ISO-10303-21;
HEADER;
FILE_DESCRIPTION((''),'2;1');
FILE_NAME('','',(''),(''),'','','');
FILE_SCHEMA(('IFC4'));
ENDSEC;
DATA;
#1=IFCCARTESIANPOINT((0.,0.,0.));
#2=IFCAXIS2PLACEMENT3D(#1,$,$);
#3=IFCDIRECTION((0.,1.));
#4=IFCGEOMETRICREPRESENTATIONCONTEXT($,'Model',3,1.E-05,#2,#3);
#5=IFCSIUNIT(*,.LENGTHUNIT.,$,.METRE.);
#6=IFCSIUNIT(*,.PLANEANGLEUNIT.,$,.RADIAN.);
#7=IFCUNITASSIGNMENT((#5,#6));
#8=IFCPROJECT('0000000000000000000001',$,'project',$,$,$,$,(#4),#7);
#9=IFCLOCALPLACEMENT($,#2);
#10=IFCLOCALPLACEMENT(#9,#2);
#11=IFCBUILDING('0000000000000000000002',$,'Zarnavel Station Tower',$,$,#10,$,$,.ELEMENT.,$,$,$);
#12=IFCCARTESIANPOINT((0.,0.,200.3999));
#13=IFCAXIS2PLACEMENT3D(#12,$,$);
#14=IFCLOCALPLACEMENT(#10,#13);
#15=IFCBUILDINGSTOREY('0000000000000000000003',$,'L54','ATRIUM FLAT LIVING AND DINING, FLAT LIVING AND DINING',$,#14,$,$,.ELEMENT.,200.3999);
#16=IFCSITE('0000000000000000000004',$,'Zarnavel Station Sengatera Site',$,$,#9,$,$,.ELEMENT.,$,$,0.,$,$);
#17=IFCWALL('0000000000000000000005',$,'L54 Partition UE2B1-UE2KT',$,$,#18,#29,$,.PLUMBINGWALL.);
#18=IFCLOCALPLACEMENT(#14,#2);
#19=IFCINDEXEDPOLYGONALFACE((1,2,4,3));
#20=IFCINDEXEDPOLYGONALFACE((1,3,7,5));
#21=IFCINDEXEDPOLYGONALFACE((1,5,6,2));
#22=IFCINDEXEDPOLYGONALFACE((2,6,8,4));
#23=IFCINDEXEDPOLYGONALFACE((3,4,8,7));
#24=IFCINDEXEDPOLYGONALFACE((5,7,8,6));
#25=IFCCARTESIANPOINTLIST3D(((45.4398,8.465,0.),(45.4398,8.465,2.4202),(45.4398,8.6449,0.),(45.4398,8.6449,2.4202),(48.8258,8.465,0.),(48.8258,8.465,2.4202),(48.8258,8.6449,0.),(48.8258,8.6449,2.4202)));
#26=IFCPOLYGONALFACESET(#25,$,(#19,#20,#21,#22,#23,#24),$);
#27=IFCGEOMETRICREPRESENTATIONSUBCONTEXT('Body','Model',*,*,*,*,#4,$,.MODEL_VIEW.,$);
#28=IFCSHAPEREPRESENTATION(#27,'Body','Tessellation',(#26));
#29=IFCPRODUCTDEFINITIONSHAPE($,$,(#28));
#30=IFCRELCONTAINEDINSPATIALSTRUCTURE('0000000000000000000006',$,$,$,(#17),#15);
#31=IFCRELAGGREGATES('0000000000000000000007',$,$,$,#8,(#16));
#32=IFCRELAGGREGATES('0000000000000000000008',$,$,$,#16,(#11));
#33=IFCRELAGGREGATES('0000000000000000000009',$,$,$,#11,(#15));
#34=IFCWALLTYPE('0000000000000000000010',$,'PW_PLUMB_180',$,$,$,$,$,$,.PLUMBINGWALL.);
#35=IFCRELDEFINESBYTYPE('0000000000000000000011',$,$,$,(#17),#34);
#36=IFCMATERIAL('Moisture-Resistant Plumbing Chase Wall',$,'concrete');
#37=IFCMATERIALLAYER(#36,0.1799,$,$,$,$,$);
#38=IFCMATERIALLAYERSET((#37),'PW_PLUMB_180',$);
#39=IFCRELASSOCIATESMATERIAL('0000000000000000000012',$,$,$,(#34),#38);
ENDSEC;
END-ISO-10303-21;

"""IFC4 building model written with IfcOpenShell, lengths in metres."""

from ifc_helpers import new_model, si_unit, direction, frame, frame_2d, origin, place, context, subcontext, project, spatial, rectangle, extrude, material, layer, layer_set, type_object, element, save


model = new_model("IFC4")

# Units and contexts
model_context = context("Model", 3, precision=1e-05, world=origin(), true_north=direction((0.0, 1.0)))
body_context = subcontext(model_context, "Body", "Model", "MODEL_VIEW")
ifc_project = project(units=[si_unit("LENGTHUNIT", "METRE"), si_unit("PLANEANGLEUNIT", "RADIAN")], contexts=[model_context])

# Site, building, storey
site_placement = place(None, origin())
site = spatial("IfcSite", under=ifc_project, at=site_placement, Name="Zarnavel Station Sengatera Site", CompositionType="ELEMENT", RefElevation=0.0)
building_placement = place(site_placement, origin())
building = spatial("IfcBuilding", under=site, at=building_placement, Name="Zarnavel Station Tower", CompositionType="ELEMENT")
storey_placement = place(building_placement, frame((0.0, 0.0, 200.3999)))
storey = spatial("IfcBuildingStorey", under=building, at=storey_placement, Name="L54", Description="ATRIUM FLAT LIVING AND DINING, FLAT LIVING AND DINING", CompositionType="ELEMENT", Elevation=200.3999)

# Wall
ifc_material_1 = material(Name="Moisture-Resistant Plumbing Chase Wall", Category="concrete")
ifc_layer_1 = layer(ifc_material_1, 0.1799)
ifc_layer_set_1 = layer_set([ifc_layer_1], Name="PW_PLUMB_180")
wall_type_1 = type_object("IfcWallType", Name="PW_PLUMB_180", PredefinedType="PLUMBINGWALL", material=ifc_layer_set_1)
wall_1_placement = place(storey_placement, frame((45.4399, 8.5549, 0.0), z_axis=(0.0, 0.0, 1.0), x_axis=(1.0, 0.0, 0.0)))
element("IfcWall", 1, at=wall_1_placement, inside=storey, type_object=wall_type_1, Name="L54 Partition UE2B1-UE2KT", PredefinedType="PLUMBINGWALL", context=body_context, shape_type="SweptSolid", body=[
    extrude(rectangle(XDim=3.386, YDim=0.1799, at=frame_2d((1.6929, 0.0))), origin(), (0.0, 0.0, 1.0), 2.4202),
])

save(model, "model.ifc")
